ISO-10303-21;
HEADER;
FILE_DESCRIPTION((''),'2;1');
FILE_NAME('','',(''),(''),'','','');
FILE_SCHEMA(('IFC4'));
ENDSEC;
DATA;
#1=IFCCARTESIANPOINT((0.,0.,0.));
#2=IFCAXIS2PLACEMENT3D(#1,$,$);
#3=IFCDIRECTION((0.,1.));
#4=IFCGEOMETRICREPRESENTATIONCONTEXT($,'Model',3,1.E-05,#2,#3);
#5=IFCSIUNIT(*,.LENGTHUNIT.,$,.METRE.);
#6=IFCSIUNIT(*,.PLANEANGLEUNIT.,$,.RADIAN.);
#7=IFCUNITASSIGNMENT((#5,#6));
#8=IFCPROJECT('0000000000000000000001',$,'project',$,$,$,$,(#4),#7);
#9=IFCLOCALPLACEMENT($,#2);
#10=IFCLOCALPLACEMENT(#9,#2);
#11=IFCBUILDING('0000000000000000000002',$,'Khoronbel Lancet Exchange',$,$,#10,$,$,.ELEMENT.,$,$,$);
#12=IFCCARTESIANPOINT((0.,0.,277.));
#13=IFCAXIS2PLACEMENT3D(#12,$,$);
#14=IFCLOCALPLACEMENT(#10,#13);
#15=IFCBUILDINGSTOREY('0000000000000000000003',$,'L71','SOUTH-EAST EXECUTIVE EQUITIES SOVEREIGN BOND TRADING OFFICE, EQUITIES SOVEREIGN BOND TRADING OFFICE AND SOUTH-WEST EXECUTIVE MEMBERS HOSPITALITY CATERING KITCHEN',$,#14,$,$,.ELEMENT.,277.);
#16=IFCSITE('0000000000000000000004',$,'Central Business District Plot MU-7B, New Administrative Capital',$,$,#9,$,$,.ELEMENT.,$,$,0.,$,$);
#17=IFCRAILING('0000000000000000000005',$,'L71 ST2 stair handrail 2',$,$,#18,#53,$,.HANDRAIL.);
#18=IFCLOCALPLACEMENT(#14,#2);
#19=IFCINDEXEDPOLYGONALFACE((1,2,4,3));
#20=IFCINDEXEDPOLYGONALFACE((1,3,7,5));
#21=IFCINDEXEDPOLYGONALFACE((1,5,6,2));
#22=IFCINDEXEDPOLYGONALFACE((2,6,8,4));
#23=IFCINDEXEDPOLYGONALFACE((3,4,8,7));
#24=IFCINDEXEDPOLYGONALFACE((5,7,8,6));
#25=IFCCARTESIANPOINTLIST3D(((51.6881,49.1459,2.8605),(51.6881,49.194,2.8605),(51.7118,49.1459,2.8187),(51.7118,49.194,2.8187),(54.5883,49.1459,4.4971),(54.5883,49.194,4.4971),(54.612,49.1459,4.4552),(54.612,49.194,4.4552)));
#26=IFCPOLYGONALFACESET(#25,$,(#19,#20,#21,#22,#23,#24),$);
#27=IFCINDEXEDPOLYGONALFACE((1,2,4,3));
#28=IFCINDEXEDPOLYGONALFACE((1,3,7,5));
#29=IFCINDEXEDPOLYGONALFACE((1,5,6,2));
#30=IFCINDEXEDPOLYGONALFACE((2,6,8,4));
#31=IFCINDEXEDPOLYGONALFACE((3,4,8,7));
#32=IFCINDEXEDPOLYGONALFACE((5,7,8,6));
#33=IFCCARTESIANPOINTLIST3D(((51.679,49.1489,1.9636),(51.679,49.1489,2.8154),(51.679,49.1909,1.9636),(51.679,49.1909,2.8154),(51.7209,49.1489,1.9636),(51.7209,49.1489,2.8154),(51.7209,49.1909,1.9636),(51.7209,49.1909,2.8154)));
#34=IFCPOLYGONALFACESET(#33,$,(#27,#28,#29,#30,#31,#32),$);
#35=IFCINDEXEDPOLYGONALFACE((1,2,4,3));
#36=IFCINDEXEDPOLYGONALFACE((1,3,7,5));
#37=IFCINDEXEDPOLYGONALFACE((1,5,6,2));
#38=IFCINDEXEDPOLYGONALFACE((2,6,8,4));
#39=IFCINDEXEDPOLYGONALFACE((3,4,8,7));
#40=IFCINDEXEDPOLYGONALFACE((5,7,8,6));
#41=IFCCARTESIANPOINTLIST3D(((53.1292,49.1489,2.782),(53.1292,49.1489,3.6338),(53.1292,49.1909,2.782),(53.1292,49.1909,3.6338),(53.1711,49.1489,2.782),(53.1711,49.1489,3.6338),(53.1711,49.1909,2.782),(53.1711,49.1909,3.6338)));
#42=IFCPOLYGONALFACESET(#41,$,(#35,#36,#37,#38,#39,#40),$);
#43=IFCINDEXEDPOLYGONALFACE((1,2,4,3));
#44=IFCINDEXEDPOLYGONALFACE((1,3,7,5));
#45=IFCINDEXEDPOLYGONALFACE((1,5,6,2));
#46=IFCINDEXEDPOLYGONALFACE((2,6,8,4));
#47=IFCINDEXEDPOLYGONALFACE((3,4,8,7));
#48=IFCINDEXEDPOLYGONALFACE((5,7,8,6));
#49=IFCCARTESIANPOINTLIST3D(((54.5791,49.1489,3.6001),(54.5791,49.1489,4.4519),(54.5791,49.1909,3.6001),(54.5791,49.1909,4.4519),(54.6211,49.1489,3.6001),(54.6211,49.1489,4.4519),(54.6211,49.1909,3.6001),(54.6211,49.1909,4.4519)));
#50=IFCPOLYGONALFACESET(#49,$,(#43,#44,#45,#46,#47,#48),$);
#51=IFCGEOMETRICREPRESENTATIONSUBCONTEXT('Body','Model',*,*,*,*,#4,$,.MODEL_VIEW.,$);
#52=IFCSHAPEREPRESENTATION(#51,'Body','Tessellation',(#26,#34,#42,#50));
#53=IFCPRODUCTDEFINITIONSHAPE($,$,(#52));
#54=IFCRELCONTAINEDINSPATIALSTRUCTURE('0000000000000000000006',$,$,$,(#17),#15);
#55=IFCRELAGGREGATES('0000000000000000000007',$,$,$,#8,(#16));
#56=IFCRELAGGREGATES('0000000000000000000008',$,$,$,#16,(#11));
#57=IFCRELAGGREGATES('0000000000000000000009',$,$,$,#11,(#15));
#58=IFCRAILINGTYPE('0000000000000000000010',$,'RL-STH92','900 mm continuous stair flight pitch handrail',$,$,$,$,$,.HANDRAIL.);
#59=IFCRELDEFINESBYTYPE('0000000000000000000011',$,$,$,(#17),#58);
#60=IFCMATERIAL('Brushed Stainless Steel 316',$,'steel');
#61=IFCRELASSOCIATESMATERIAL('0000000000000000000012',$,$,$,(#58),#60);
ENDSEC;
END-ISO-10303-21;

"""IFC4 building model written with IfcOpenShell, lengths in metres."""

from ifc_helpers import new_model, si_unit, direction, frame, origin, origin_2d, place, context, subcontext, project, spatial, rectangle, extrude, material, type_object, element, save


model = new_model("IFC4")

# Units and contexts
model_context = context("Model", 3, precision=1e-05, world=origin(), true_north=direction((0.0, 1.0)))
body_context = subcontext(model_context, "Body", "Model", "MODEL_VIEW")
ifc_project = project(units=[si_unit("LENGTHUNIT", "METRE"), si_unit("PLANEANGLEUNIT", "RADIAN")], contexts=[model_context])

# Site, building, storey
site_placement = place(None, origin())
site = spatial("IfcSite", under=ifc_project, at=site_placement, Name="Central Business District Plot MU-7B, New Administrative Capital", CompositionType="ELEMENT", RefElevation=0.0)
building_placement = place(site_placement, origin())
building = spatial("IfcBuilding", under=site, at=building_placement, Name="Khoronbel Lancet Exchange", CompositionType="ELEMENT")
storey_placement = place(building_placement, frame((0.0, 0.0, 277.0)))
storey = spatial("IfcBuildingStorey", under=building, at=storey_placement, Name="L71", Description="SOUTH-EAST EXECUTIVE EQUITIES SOVEREIGN BOND TRADING OFFICE, EQUITIES SOVEREIGN BOND TRADING OFFICE AND SOUTH-WEST EXECUTIVE MEMBERS HOSPITALITY CATERING KITCHEN", CompositionType="ELEMENT", Elevation=277.0)

# Railing
ifc_material_1 = material(Name="Brushed Stainless Steel 316", Category="steel")
railing_type_1 = type_object("IfcRailingType", Name="RL-STH92", Description="900 mm continuous stair flight pitch handrail", PredefinedType="HANDRAIL", material=ifc_material_1)
railing_1_placement = place(storey_placement, frame((51.7, 49.1699, 1.9636)))
element("IfcRailing", 1, at=railing_1_placement, inside=storey, type_object=railing_type_1, Name="L71 ST2 stair handrail 2", PredefinedType="HANDRAIL", context=body_context, shape_type="SweptSolid", body=[
    extrude(rectangle(XDim=0.0481, YDim=0.0481, at=origin_2d()), frame((0.0, 0.0, 0.876), z_axis=(0.870915, 0.0, 0.491434), x_axis=(0.0, 1.0, 0.0)), (0.0, 0.0, 1.0), 3.3301),
    extrude(rectangle(XDim=0.042, YDim=0.042, at=origin_2d()), origin(), (0.0, 0.0, 1.0), 0.8518),
    extrude(rectangle(XDim=0.042, YDim=0.042, at=origin_2d()), frame((1.4502, 0.0, 0.8184)), (0.0, 0.0, 1.0), 0.8518),
    extrude(rectangle(XDim=0.042, YDim=0.042, at=origin_2d()), frame((2.9001, 0.0, 1.6365)), (0.0, 0.0, 1.0), 0.8518),
])

save(model, "model.ifc")
